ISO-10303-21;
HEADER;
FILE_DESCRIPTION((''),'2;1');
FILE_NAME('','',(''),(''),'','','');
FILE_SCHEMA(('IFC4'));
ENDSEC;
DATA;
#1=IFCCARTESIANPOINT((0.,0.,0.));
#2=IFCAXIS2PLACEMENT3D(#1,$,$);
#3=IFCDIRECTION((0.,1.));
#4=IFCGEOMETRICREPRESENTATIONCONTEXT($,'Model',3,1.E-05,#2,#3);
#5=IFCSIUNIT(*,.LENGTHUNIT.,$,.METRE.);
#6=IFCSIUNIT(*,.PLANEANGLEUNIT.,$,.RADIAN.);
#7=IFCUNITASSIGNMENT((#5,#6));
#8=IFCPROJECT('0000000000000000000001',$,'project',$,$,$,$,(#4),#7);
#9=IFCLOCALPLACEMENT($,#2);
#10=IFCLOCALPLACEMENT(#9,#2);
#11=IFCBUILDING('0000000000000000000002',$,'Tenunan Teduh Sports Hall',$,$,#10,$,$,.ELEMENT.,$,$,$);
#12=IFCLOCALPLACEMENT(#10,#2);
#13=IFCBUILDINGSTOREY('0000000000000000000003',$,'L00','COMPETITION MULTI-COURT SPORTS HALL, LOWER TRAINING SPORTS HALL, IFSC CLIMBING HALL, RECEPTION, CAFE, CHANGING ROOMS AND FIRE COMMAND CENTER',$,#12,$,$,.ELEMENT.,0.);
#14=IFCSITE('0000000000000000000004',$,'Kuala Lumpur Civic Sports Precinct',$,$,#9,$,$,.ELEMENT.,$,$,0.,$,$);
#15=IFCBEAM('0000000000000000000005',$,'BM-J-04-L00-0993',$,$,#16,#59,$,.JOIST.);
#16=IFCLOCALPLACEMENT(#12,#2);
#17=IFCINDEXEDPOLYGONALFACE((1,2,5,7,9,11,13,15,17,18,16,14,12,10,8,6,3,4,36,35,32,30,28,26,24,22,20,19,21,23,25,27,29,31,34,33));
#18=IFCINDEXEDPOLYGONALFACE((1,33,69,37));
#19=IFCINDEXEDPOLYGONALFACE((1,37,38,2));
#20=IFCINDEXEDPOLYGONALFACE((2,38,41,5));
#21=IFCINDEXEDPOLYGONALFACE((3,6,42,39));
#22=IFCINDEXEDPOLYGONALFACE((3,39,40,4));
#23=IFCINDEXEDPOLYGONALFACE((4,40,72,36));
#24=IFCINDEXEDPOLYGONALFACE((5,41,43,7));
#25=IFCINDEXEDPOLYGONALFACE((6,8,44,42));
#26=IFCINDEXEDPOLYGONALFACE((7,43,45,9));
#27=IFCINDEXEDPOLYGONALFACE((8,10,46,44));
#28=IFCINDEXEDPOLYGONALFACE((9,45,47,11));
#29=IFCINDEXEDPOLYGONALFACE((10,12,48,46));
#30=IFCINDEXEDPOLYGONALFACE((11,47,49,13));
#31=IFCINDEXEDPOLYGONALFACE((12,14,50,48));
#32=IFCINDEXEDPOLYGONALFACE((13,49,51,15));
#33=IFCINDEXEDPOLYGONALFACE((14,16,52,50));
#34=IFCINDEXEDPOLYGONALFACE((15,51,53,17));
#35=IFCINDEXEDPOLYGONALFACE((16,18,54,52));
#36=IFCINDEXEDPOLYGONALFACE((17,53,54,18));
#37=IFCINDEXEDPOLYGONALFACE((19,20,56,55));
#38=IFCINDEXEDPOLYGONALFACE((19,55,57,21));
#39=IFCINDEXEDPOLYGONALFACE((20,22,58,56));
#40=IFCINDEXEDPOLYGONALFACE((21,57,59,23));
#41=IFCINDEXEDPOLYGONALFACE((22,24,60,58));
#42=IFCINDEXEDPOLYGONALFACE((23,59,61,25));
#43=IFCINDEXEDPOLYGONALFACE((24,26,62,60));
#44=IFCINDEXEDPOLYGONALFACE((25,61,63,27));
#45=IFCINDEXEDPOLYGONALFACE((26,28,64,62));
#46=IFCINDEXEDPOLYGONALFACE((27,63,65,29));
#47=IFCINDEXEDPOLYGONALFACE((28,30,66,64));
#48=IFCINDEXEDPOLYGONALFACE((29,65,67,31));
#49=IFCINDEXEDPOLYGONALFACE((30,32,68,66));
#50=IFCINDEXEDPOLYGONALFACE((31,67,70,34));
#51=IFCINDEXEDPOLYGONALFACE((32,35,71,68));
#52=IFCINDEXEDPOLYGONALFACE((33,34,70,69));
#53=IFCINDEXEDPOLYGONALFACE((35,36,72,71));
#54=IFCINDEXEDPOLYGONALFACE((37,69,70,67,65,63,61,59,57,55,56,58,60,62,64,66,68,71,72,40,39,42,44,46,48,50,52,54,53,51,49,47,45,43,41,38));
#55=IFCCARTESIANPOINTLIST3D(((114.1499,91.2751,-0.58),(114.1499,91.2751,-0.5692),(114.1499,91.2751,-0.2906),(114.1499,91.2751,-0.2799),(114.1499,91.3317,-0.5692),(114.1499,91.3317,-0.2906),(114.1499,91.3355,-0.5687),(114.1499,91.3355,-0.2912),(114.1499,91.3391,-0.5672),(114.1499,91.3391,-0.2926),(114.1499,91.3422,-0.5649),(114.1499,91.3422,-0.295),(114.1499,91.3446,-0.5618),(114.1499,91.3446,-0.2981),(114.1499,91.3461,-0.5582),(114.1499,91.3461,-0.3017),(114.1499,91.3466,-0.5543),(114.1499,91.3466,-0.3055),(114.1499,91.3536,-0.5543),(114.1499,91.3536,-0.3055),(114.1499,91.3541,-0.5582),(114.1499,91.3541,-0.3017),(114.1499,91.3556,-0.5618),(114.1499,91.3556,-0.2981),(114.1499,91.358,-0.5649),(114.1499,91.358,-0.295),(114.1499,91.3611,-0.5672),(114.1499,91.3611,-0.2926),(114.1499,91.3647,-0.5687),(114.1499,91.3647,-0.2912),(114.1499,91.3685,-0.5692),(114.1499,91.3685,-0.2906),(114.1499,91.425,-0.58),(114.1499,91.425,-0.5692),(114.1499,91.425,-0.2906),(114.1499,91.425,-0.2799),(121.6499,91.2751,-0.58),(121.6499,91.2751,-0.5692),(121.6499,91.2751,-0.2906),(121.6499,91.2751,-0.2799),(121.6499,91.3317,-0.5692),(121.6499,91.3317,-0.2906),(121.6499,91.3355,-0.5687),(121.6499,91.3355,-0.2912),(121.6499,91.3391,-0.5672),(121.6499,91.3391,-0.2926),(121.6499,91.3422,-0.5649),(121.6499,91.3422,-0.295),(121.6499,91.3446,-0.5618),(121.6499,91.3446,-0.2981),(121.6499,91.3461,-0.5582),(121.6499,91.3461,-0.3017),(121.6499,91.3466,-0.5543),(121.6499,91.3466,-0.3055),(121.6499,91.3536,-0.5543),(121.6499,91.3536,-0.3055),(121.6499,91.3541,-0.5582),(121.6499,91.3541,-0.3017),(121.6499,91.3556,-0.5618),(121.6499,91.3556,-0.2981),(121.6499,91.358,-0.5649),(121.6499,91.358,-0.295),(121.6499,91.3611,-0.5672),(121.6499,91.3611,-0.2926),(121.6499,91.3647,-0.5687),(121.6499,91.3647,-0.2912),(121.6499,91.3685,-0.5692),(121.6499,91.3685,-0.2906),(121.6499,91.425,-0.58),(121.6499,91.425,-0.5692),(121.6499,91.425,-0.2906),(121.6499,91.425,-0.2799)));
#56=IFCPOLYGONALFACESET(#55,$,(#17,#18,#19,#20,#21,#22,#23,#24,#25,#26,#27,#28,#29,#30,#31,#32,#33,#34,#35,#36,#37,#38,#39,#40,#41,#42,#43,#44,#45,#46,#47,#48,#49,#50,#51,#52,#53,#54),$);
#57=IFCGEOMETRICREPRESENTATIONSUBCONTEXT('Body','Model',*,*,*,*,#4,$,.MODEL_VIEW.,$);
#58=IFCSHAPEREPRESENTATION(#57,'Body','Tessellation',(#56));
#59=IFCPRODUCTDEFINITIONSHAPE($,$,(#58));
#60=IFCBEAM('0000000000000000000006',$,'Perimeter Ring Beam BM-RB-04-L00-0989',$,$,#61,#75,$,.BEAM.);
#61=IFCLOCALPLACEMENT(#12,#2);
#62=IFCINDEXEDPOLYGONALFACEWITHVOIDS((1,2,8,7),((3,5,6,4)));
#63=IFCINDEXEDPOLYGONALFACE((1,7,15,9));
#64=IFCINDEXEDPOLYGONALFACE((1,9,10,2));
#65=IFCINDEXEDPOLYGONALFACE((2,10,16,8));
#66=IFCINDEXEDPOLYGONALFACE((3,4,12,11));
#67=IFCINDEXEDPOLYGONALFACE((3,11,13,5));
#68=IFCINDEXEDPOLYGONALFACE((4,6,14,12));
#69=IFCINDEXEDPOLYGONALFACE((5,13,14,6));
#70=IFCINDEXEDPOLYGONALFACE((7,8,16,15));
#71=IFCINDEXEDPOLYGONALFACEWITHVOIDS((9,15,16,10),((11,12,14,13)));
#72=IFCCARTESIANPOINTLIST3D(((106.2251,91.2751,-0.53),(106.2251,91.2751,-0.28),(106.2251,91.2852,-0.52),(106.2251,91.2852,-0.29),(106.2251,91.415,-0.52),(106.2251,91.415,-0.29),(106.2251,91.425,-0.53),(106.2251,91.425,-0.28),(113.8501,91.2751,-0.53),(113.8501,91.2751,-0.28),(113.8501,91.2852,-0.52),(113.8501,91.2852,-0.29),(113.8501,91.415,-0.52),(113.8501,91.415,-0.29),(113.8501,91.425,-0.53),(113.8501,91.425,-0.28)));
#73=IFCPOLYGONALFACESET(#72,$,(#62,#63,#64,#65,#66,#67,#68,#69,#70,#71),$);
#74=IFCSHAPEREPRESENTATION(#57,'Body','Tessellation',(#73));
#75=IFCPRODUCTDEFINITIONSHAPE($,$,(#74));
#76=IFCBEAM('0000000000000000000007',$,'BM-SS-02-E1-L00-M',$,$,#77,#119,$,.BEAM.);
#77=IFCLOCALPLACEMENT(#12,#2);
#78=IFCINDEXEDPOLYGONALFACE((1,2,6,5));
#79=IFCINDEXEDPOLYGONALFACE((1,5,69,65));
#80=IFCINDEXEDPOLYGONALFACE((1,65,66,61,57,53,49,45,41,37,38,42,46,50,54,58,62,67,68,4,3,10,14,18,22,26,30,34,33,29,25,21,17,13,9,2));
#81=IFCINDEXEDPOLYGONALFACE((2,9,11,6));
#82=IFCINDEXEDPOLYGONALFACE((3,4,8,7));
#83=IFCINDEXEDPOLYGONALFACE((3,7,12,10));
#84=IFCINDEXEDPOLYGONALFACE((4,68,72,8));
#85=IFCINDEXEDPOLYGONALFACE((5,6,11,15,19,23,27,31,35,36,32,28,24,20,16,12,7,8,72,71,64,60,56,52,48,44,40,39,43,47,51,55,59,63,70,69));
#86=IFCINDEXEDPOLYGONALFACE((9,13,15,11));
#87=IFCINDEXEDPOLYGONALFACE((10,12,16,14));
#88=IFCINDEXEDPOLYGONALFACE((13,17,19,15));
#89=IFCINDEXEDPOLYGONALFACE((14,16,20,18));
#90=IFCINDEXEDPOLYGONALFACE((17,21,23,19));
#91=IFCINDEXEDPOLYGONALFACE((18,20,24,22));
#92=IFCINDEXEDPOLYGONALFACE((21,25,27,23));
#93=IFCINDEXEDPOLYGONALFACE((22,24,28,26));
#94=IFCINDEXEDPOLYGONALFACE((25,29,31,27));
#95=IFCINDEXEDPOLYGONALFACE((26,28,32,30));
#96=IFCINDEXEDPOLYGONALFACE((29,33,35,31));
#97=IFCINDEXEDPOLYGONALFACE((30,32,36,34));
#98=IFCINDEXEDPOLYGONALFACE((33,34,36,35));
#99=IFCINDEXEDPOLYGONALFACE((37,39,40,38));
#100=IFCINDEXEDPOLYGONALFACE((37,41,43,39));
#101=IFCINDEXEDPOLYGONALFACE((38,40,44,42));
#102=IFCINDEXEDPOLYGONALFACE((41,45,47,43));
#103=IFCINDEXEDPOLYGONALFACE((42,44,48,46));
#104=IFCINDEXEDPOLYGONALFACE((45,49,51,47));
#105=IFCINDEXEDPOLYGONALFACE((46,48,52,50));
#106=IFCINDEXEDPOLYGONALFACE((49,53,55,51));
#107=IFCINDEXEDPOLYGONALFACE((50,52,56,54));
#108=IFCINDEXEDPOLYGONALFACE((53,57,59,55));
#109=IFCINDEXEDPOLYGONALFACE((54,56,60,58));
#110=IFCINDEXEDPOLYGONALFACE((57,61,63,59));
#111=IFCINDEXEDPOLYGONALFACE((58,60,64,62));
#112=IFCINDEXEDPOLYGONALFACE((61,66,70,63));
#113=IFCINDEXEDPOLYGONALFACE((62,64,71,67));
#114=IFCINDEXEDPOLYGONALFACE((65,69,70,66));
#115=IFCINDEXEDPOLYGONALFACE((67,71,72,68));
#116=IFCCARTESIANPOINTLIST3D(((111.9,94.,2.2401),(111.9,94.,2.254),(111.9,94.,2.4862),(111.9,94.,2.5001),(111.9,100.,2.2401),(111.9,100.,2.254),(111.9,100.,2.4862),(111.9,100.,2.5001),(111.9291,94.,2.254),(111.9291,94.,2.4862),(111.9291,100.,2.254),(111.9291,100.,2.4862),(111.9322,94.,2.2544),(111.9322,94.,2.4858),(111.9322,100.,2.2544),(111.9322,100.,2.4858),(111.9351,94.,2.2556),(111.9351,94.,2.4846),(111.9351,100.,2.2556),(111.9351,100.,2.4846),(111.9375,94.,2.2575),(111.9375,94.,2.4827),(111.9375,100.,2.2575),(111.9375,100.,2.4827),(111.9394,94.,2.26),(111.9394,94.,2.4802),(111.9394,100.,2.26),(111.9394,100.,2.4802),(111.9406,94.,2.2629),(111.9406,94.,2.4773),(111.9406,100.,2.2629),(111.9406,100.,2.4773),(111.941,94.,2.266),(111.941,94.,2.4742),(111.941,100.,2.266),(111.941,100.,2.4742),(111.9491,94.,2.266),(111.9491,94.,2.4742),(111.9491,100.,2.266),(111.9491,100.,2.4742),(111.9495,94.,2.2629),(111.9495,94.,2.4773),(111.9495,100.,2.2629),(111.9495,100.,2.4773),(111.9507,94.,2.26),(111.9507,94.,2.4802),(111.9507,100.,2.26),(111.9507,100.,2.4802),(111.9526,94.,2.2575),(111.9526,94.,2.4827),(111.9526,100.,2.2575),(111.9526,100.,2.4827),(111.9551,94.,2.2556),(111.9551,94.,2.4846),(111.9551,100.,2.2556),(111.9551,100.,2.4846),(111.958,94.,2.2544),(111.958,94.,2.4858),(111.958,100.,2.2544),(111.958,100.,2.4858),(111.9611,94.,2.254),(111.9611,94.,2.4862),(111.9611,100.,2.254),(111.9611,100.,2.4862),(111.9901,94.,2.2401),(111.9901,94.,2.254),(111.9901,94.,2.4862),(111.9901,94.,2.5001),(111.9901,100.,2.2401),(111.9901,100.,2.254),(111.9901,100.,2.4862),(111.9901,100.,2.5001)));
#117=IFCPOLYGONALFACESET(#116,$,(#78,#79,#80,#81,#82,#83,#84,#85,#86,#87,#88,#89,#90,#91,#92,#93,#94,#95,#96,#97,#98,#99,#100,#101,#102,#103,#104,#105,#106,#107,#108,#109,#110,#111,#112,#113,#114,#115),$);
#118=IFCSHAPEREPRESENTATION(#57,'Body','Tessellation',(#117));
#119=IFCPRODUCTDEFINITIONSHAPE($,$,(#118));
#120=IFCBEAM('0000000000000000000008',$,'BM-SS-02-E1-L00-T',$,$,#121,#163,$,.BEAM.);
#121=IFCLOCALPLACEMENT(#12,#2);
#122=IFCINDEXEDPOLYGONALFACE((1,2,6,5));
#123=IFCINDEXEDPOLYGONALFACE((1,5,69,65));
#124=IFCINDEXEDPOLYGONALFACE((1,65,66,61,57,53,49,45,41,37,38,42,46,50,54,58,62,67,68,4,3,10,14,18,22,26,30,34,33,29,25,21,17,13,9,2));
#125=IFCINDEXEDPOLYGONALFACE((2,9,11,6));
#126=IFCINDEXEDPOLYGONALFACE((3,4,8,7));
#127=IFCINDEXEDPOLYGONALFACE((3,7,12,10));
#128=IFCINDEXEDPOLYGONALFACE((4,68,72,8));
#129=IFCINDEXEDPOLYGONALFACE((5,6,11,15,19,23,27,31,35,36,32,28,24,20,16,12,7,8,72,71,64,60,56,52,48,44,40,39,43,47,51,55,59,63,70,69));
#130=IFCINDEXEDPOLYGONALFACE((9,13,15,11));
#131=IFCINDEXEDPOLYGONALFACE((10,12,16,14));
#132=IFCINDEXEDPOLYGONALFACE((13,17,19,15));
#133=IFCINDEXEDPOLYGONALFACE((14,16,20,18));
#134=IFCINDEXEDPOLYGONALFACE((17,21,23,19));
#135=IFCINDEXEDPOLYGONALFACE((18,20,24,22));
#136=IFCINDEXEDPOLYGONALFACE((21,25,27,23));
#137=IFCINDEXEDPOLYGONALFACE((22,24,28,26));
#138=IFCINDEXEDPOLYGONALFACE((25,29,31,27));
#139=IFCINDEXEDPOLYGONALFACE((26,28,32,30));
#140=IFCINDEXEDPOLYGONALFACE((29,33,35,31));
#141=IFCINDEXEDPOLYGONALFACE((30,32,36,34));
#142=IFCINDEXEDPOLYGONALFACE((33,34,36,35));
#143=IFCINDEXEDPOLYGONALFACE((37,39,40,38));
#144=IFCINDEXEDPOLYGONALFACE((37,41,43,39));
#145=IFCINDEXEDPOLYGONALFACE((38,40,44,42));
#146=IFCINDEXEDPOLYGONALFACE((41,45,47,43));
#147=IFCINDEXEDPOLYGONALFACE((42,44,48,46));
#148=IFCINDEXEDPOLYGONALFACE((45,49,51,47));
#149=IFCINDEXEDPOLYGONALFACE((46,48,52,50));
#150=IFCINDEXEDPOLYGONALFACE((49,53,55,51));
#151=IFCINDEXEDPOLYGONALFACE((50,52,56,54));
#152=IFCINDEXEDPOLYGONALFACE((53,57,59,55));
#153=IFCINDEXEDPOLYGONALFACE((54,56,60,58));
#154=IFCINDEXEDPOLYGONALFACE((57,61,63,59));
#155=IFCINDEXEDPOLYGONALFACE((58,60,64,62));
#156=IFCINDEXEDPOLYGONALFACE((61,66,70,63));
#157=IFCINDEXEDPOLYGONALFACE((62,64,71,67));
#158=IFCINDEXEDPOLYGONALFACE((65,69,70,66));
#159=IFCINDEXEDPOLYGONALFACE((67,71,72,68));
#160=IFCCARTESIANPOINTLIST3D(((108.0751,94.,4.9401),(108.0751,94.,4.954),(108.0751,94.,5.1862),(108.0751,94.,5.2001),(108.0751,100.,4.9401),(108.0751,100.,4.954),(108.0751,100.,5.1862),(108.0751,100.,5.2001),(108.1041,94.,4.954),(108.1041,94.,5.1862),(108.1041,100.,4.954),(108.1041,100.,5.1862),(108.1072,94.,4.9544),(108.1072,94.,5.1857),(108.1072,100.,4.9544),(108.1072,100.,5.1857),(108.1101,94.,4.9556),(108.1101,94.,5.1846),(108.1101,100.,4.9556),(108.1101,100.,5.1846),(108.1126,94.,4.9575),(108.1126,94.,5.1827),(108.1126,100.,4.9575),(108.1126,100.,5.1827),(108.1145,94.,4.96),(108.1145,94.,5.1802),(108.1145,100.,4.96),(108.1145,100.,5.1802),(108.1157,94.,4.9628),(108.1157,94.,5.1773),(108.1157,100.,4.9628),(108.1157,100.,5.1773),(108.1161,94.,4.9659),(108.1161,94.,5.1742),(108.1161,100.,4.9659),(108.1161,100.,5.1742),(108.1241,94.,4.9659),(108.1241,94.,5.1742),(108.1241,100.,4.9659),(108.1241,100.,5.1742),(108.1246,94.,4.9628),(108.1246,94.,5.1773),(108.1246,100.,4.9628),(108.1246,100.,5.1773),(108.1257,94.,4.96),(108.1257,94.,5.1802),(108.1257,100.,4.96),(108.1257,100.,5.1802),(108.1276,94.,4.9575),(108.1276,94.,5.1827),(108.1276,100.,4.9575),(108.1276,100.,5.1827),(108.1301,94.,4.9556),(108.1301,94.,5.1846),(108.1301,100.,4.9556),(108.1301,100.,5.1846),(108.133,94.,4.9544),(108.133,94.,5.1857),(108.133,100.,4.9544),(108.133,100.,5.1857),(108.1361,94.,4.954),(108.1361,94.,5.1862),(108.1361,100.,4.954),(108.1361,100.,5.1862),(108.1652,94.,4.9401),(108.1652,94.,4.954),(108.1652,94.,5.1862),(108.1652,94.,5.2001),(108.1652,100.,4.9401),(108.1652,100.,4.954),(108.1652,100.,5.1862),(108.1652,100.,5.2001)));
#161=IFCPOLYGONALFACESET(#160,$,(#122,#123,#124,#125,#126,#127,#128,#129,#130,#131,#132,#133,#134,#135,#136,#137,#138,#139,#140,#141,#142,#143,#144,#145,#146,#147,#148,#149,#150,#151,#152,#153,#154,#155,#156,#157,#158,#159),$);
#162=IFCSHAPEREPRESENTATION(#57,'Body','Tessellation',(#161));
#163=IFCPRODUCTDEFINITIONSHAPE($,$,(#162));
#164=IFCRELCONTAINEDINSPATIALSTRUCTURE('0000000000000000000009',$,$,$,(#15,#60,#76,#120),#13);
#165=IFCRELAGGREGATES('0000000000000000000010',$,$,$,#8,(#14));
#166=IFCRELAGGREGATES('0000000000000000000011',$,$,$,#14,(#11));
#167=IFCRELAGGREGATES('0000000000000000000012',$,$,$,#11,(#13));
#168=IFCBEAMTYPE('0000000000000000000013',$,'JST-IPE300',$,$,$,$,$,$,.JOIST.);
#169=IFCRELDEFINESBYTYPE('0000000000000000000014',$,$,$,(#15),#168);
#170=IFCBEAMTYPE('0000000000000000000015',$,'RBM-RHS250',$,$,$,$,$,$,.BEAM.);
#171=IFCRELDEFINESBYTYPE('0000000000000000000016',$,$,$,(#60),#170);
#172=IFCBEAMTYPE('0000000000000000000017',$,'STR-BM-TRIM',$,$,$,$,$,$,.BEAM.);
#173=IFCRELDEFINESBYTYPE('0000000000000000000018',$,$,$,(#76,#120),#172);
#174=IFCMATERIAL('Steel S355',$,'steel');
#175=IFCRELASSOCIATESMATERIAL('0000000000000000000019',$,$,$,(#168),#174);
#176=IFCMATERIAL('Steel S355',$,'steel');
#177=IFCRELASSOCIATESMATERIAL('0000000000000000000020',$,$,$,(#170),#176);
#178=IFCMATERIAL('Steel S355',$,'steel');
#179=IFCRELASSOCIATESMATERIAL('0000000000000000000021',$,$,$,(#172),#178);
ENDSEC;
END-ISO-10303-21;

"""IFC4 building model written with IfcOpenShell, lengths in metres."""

from ifc_helpers import new_model, si_unit, direction, frame, origin, origin_2d, place, context, subcontext, project, spatial, hollow_rectangle, i_section, extrude, material, material_profile, profile_set, type_object, element, save


model = new_model("IFC4")

# Units and contexts
model_context = context("Model", 3, precision=1e-05, world=origin(), true_north=direction((0.0, 1.0)))
body_context = subcontext(model_context, "Body", "Model", "MODEL_VIEW")
ifc_project = project(units=[si_unit("LENGTHUNIT", "METRE"), si_unit("PLANEANGLEUNIT", "RADIAN")], contexts=[model_context])

# Site, building, storey
site_placement = place(None, origin())
site = spatial("IfcSite", under=ifc_project, at=site_placement, Name="Kuala Lumpur Civic Sports Precinct", CompositionType="ELEMENT", RefElevation=0.0)
building_placement = place(site_placement, origin())
building = spatial("IfcBuilding", under=site, at=building_placement, Name="Tenunan Teduh Sports Hall", CompositionType="ELEMENT")
storey_placement = place(building_placement, origin())
storey = spatial("IfcBuildingStorey", under=building, at=storey_placement, Name="L00", Description="COMPETITION MULTI-COURT SPORTS HALL, LOWER TRAINING SPORTS HALL, IFSC CLIMBING HALL, RECEPTION, CAFE, CHANGING ROOMS AND FIRE COMMAND CENTER", CompositionType="ELEMENT", Elevation=0.0)

# Beams
ifc_material_1 = material(Name="Steel S355", Category="steel")
ifc_material_profile_1 = material_profile(ifc_material_1, i_section(OverallWidth=0.1499, OverallDepth=0.3, WebThickness=0.0071, FlangeThickness=0.0107, FilletRadius=0.0149, at=origin_2d()), Name="IPE 300")
ifc_profile_set_1 = profile_set([ifc_material_profile_1], Name="Steel S355")
beam_type_1 = type_object("IfcBeamType", Name="JST-IPE300", PredefinedType="JOIST", material=ifc_profile_set_1)
beam_1_placement = place(storey_placement, frame((114.1499, 91.3501, -0.4299), z_axis=(1.0, 0.0, 0.0), x_axis=(0.0, 1.0, 0.0)))
element("IfcBeam", 1, at=beam_1_placement, inside=storey, type_object=beam_type_1, Name="BM-J-04-L00-0993", PredefinedType="JOIST", context=body_context, shape_type="SweptSolid", body=[
    extrude(i_section(OverallWidth=0.1499, OverallDepth=0.3, WebThickness=0.0071, FlangeThickness=0.0107, FilletRadius=0.0149, at=origin_2d()), origin(), (0.0, 0.0, 1.0), 7.5),
])
ifc_material_2 = material(Name="Steel S355", Category="steel")
ifc_material_profile_2 = material_profile(ifc_material_2, hollow_rectangle(XDim=0.1499, YDim=0.25, WallThickness=0.01, at=origin_2d()), Name="RHS 250x150x10.0")
ifc_profile_set_2 = profile_set([ifc_material_profile_2], Name="Steel S355")
beam_type_2 = type_object("IfcBeamType", Name="RBM-RHS250", PredefinedType="BEAM", material=ifc_profile_set_2)
beam_2_placement = place(storey_placement, frame((106.2251, 91.3501, -0.405), z_axis=(1.0, 0.0, 0.0), x_axis=(0.0, 1.0, 0.0)))
element("IfcBeam", 2, at=beam_2_placement, inside=storey, type_object=beam_type_2, Name="Perimeter Ring Beam BM-RB-04-L00-0989", PredefinedType="BEAM", context=body_context, shape_type="SweptSolid", body=[
    extrude(hollow_rectangle(XDim=0.1499, YDim=0.25, WallThickness=0.01, at=origin_2d()), origin(), (0.0, 0.0, 1.0), 7.625),
])
ifc_material_3 = material(Name="Steel S355", Category="steel")
ifc_material_profile_3 = material_profile(ifc_material_3, i_section(OverallWidth=0.0901, OverallDepth=0.26, WebThickness=0.0081, FlangeThickness=0.0139, FilletRadius=0.012, at=origin_2d()), Name="PFC 260x90")
ifc_profile_set_3 = profile_set([ifc_material_profile_3], Name="Steel S355")
beam_type_3 = type_object("IfcBeamType", Name="STR-BM-TRIM", PredefinedType="BEAM", material=ifc_profile_set_3)
for number, where, z_axis, x_axis, name in (
    (3, (111.9451, 94.0, 2.3701), (0.0, 1.0, 0.0), (-1.0, 0.0, 0.0), "BM-SS-02-E1-L00-M"),
    (4, (108.1201, 94.0, 5.0701), (0.0, 1.0, 0.0), (-1.0, 0.0, 0.0), "BM-SS-02-E1-L00-T"),
):
    element("IfcBeam", number, at=place(storey_placement, frame(where, z_axis=z_axis, x_axis=x_axis)), inside=storey, type_object=beam_type_3, Name=name, PredefinedType="BEAM", context=body_context, shape_type="SweptSolid", body=[
        extrude(i_section(OverallWidth=0.0901, OverallDepth=0.26, WebThickness=0.0081, FlangeThickness=0.0139, FilletRadius=0.012, at=origin_2d()), origin(), (0.0, 0.0, 1.0), 6.0),
    ])

save(model, "model.ifc")
